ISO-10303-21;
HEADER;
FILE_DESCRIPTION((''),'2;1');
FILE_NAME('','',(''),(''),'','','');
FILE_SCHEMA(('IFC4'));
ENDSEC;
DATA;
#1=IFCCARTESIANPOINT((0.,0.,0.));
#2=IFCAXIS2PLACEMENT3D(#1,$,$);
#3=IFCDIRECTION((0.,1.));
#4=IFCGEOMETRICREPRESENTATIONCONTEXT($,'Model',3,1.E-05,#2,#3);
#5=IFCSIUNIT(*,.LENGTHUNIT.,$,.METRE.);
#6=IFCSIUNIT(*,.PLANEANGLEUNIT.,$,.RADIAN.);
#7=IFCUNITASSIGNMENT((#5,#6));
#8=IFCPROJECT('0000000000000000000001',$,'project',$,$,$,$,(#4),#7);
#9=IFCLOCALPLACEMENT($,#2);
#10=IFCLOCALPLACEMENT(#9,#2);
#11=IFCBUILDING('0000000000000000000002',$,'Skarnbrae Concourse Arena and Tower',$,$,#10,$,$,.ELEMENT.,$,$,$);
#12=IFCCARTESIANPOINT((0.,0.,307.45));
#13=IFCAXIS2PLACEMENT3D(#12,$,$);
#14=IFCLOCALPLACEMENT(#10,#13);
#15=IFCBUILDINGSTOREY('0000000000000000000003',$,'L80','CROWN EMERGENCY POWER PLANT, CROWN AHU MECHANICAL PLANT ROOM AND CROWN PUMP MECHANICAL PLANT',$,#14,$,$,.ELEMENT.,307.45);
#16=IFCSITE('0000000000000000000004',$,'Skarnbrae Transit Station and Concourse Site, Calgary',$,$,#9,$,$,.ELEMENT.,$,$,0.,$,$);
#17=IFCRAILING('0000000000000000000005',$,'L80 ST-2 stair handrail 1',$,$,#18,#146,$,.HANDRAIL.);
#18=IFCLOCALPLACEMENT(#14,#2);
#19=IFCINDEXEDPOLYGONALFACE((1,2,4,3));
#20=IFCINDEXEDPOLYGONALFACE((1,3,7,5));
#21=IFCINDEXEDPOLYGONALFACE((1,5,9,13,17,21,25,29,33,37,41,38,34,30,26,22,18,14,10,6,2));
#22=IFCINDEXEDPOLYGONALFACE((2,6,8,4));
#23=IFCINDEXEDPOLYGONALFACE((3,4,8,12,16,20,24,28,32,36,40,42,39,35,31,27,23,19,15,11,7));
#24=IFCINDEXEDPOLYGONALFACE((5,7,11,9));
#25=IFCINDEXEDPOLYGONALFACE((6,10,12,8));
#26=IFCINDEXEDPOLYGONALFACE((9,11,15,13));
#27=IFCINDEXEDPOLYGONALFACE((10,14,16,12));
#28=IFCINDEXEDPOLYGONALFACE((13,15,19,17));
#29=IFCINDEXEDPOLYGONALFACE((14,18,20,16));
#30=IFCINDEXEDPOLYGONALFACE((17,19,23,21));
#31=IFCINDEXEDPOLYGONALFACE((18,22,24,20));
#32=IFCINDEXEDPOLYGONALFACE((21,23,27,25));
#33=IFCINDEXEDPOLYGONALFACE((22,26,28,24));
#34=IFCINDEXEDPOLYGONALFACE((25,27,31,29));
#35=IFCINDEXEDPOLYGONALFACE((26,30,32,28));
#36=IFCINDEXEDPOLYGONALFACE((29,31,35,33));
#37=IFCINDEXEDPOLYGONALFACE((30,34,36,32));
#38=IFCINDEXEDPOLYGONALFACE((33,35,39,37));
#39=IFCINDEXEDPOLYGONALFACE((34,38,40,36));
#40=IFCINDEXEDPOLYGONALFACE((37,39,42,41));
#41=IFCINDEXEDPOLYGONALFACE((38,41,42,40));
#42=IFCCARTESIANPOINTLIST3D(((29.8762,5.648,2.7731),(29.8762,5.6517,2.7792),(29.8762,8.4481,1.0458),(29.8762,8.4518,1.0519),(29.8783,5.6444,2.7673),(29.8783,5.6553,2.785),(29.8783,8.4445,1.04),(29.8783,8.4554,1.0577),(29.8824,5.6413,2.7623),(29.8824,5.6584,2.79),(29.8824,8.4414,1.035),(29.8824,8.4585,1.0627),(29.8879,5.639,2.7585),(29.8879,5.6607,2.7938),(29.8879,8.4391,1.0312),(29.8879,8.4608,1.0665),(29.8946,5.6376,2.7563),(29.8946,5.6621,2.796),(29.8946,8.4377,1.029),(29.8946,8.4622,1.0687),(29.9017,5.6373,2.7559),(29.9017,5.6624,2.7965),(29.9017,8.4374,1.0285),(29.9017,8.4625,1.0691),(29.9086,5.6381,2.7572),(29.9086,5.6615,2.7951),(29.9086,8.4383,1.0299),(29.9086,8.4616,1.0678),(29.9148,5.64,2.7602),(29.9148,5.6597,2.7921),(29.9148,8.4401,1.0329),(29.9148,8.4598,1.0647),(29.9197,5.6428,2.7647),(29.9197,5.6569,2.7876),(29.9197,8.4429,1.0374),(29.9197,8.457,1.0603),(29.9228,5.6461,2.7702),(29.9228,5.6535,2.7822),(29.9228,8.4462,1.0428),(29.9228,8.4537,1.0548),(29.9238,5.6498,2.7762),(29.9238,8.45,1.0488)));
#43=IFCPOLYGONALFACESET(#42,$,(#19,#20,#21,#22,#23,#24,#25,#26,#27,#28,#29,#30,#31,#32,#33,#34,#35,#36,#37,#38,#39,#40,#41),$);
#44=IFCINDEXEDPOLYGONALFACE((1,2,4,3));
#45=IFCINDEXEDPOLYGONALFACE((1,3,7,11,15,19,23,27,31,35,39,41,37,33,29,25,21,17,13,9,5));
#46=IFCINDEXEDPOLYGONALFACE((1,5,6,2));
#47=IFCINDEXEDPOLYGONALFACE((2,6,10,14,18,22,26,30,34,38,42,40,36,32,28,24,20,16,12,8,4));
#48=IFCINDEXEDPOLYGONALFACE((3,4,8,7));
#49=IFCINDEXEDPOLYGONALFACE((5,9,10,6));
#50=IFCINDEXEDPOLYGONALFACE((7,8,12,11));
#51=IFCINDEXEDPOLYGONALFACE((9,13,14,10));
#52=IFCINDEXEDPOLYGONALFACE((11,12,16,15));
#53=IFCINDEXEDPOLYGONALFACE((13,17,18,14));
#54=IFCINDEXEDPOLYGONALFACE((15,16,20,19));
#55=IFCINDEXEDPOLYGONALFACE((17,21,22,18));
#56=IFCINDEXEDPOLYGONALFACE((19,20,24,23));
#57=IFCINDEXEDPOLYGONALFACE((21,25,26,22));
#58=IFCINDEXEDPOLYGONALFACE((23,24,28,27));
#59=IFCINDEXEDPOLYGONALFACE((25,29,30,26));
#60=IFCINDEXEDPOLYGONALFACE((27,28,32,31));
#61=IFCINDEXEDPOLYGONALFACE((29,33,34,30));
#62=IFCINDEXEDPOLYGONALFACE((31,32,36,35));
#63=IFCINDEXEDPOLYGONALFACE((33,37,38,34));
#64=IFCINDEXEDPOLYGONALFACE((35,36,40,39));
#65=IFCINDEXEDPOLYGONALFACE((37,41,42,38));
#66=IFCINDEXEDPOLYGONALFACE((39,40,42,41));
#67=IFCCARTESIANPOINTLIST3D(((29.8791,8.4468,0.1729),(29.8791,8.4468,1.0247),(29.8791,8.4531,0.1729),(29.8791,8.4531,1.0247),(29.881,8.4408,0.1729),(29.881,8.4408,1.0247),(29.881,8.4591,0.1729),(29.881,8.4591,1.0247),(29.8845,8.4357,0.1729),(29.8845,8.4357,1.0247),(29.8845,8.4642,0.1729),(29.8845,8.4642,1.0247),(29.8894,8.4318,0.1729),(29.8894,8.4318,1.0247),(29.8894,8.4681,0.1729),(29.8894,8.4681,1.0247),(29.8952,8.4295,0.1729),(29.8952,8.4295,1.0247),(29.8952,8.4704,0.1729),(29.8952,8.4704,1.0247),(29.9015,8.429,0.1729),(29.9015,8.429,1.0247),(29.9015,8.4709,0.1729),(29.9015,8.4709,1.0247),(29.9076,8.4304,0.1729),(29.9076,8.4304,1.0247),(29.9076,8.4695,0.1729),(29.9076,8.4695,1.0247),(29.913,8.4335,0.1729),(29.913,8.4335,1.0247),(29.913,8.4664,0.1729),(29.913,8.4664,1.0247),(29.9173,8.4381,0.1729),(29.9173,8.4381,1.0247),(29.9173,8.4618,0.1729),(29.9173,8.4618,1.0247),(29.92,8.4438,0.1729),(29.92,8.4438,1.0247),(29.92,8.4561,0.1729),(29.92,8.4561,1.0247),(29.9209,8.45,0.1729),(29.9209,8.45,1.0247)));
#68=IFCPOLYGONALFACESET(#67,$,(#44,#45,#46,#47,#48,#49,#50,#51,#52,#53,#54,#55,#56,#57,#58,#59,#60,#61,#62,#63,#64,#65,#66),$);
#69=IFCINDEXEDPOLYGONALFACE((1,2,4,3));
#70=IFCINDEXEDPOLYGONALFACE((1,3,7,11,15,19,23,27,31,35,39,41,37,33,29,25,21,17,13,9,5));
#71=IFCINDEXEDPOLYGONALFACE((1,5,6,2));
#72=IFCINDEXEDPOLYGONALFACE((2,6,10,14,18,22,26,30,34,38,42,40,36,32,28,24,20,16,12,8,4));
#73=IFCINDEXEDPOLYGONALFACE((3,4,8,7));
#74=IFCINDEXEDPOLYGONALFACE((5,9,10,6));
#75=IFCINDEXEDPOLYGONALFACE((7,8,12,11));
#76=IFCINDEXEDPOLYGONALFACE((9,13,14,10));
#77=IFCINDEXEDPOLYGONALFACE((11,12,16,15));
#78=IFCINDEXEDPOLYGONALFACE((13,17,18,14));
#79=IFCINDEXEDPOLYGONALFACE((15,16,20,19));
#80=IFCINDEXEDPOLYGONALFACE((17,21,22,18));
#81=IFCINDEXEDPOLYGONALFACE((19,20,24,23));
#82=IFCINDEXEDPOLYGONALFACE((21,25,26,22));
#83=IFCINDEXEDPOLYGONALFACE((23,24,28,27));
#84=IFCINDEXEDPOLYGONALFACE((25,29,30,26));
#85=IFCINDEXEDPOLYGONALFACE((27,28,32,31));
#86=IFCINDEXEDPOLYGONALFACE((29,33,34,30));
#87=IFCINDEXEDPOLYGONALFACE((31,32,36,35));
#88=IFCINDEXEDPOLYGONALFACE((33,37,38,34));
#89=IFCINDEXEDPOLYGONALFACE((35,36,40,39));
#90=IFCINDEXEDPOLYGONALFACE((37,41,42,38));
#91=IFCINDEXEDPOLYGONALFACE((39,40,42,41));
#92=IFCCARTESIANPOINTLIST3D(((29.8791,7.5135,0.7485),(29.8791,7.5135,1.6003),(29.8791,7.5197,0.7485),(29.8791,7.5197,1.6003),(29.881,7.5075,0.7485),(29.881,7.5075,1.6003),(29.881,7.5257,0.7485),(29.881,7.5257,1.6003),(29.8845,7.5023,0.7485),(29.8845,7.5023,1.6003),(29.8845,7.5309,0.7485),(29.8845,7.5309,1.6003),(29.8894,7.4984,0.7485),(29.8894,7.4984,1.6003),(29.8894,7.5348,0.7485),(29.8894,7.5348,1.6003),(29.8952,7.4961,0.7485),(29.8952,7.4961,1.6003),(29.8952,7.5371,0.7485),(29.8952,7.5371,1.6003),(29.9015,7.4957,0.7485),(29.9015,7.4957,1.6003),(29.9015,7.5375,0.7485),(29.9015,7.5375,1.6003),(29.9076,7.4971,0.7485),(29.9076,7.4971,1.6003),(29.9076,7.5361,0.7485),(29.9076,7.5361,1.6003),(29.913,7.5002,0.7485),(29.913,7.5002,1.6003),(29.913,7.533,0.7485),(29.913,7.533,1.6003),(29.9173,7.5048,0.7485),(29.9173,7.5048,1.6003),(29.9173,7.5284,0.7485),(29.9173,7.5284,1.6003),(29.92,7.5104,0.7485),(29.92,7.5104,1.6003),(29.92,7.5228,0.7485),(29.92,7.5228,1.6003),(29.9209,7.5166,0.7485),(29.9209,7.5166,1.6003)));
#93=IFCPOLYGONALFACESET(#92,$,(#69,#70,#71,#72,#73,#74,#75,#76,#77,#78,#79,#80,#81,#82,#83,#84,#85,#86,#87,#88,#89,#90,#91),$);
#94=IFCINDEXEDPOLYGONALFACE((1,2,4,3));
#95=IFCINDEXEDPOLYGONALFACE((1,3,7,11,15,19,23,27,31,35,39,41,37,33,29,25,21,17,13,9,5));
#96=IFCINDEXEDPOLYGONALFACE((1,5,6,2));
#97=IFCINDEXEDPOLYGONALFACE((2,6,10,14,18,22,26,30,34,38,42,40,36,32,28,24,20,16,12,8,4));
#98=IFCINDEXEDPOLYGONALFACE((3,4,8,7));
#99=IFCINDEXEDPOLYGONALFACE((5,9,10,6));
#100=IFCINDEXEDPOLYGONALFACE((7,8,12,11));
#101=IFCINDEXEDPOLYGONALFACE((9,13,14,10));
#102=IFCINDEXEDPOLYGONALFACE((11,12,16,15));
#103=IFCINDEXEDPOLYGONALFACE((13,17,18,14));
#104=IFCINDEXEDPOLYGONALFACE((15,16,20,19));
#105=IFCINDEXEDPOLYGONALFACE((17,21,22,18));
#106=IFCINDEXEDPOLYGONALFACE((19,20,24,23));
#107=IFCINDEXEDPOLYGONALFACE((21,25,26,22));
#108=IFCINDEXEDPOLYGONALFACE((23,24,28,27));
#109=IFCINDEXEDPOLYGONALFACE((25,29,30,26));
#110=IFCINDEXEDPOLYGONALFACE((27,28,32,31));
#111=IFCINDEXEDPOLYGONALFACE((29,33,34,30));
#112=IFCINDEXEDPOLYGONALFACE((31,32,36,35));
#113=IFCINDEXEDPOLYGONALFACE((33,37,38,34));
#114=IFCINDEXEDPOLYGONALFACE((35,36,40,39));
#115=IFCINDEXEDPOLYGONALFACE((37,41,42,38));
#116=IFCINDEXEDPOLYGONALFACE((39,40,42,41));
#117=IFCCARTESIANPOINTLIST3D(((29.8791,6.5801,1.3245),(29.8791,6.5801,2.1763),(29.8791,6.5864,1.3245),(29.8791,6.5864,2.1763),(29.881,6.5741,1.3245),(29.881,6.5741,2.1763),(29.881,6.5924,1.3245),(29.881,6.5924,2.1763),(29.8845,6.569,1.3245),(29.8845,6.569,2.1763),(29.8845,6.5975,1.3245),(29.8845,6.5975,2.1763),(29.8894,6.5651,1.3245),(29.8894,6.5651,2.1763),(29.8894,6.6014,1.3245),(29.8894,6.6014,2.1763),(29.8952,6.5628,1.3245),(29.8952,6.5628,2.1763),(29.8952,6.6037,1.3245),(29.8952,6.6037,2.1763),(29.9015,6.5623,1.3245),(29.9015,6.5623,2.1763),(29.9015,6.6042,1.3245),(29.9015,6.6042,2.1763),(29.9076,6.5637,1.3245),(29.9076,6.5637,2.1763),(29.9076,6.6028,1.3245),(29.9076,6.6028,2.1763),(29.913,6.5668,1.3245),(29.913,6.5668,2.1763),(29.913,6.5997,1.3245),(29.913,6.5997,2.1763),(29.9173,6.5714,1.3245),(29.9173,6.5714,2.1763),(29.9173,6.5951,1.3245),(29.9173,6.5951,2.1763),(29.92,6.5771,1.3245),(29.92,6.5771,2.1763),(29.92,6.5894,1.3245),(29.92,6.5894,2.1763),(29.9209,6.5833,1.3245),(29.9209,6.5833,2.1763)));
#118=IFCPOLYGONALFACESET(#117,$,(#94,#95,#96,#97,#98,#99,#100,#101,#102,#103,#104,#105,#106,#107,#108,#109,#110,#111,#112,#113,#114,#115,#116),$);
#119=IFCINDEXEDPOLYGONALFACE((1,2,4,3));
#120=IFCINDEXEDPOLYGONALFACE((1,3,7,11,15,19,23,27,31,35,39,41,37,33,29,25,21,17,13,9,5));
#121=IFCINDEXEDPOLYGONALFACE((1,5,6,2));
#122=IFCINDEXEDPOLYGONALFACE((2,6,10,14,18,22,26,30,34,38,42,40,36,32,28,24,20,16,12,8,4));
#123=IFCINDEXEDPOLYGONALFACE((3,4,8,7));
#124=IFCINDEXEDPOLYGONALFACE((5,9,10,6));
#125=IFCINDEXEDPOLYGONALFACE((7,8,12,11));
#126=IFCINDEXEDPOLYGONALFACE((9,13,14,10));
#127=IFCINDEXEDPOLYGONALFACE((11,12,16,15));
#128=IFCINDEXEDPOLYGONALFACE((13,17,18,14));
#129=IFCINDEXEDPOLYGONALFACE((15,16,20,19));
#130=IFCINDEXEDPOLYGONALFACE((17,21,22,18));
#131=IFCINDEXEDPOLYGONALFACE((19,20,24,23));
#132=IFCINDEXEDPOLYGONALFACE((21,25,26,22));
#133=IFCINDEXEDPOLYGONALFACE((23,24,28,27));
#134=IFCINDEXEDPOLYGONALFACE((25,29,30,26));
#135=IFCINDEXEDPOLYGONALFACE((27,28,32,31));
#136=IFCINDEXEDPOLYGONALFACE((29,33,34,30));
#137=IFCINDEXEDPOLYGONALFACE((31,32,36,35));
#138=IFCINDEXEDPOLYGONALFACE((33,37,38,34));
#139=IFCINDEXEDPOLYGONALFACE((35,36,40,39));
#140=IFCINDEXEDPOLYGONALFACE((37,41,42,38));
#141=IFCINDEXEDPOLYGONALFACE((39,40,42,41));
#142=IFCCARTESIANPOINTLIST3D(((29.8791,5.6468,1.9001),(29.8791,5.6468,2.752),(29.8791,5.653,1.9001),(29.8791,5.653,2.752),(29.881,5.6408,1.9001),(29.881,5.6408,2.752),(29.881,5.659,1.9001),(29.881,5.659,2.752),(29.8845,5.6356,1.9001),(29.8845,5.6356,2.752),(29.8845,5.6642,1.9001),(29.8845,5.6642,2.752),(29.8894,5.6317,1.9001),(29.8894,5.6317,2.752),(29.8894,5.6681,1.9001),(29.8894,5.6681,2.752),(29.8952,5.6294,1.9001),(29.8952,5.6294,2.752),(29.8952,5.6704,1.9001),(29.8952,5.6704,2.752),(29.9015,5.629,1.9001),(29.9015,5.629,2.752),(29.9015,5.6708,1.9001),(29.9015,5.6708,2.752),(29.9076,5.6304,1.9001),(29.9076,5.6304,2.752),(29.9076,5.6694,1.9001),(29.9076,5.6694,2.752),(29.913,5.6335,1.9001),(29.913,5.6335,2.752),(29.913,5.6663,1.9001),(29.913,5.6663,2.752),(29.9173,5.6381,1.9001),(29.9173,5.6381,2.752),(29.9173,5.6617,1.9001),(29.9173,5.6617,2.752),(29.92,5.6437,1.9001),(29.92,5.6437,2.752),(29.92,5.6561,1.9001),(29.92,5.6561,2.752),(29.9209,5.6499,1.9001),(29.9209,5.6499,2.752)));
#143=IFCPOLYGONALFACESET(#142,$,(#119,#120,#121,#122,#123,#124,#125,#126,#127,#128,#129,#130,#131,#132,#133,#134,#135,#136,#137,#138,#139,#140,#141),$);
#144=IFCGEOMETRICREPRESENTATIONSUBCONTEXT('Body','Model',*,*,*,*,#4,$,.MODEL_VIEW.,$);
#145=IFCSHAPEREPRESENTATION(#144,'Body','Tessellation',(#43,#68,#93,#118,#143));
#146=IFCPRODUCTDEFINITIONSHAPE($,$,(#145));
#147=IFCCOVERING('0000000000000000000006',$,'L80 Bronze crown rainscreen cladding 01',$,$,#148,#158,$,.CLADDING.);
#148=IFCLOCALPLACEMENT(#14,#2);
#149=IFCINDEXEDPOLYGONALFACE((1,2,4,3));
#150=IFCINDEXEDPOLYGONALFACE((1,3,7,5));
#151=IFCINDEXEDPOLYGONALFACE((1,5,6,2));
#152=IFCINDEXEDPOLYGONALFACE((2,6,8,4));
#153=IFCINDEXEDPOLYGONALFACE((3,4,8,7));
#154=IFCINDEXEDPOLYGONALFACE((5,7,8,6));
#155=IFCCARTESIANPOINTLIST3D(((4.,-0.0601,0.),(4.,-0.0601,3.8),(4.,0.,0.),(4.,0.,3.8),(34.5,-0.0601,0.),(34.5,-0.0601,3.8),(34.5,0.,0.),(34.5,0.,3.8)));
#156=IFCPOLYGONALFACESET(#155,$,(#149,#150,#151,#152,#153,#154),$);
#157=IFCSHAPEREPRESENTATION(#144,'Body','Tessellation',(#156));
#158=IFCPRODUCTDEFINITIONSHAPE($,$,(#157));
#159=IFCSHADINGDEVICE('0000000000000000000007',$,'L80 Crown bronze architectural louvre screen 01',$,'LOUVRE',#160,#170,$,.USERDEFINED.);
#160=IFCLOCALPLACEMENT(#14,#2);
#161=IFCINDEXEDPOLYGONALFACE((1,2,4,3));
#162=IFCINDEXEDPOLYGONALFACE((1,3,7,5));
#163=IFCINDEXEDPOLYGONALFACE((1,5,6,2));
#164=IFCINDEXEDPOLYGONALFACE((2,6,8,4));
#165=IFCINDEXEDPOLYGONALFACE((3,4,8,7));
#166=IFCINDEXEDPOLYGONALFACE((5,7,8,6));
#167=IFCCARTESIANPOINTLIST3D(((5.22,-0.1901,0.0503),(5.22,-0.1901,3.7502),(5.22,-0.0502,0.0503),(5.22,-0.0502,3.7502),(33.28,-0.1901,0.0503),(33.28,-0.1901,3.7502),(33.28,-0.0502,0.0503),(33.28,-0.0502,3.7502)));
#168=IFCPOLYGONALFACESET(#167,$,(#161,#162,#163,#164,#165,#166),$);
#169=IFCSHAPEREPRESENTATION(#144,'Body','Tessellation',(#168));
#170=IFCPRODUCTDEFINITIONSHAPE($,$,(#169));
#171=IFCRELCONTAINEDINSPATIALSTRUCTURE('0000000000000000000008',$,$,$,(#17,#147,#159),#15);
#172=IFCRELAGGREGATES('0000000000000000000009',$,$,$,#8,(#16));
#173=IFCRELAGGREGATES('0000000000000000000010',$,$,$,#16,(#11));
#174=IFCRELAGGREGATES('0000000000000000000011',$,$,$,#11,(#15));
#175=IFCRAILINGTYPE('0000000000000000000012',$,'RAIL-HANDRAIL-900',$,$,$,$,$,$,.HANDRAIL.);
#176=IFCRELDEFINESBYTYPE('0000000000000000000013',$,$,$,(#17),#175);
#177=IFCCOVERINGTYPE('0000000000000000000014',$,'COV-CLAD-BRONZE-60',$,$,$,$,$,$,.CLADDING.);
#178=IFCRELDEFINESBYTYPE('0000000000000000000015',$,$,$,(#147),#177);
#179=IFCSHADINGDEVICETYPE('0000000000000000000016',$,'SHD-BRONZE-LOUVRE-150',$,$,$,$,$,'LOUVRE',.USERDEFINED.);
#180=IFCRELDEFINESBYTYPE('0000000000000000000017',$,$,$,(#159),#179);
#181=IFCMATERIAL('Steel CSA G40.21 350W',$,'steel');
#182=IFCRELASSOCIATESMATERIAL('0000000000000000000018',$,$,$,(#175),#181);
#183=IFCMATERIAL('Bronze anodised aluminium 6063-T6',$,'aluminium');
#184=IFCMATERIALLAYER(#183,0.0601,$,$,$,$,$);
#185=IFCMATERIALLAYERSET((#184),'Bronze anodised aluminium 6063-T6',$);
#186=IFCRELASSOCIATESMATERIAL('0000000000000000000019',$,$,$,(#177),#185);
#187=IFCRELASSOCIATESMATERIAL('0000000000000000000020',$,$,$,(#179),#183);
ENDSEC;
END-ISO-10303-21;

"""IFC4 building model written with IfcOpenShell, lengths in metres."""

from ifc_helpers import new_model, si_unit, direction, frame, origin, origin_2d, place, context, subcontext, project, spatial, rectangle, circle, extrude, source, transform, mapped, material, layer, layer_set, type_object, element, save


model = new_model("IFC4")

# Units and contexts
model_context = context("Model", 3, precision=1e-05, world=origin(), true_north=direction((0.0, 1.0)))
body_context = subcontext(model_context, "Body", "Model", "MODEL_VIEW")
ifc_project = project(units=[si_unit("LENGTHUNIT", "METRE"), si_unit("PLANEANGLEUNIT", "RADIAN")], contexts=[model_context])

# Site, building, storey
site_placement = place(None, origin())
site = spatial("IfcSite", under=ifc_project, at=site_placement, Name="Skarnbrae Transit Station and Concourse Site, Calgary", CompositionType="ELEMENT", RefElevation=0.0)
building_placement = place(site_placement, origin())
building = spatial("IfcBuilding", under=site, at=building_placement, Name="Skarnbrae Concourse Arena and Tower", CompositionType="ELEMENT")
storey_placement = place(building_placement, frame((0.0, 0.0, 307.45)))
storey = spatial("IfcBuildingStorey", under=building, at=storey_placement, Name="L80", Description="CROWN EMERGENCY POWER PLANT, CROWN AHU MECHANICAL PLANT ROOM AND CROWN PUMP MECHANICAL PLANT", CompositionType="ELEMENT", Elevation=307.45)

# Shared definitions
ifc_material_1 = material(Name="Steel CSA G40.21 350W", Category="steel")

# Railing
railing_type = type_object("IfcRailingType", Name="RAIL-HANDRAIL-900", PredefinedType="HANDRAIL", material=ifc_material_1)
railing_placement = place(storey_placement, frame((29.8999, 8.45, 0.1729)))
element("IfcRailing", 1, at=railing_placement, inside=storey, type_object=railing_type, Name="L80 ST-2 stair handrail 1", PredefinedType="HANDRAIL", context=body_context, shape_type="SweptSolid", body=[
    extrude(circle(Radius=0.0239, at=origin_2d()), frame((0.0, 0.0, 0.876), z_axis=(0.0, -0.85109, 0.52502), x_axis=(1.0, 0.0, 0.0)), (0.0, 0.0, 1.0), 3.29),
    extrude(circle(Radius=0.021, at=origin_2d()), origin(), (0.0, 0.0, 1.0), 0.8518),
    extrude(circle(Radius=0.021, at=origin_2d()), frame((0.0, -0.9333, 0.5757)), (0.0, 0.0, 1.0), 0.8518),
    extrude(circle(Radius=0.021, at=origin_2d()), frame((0.0, -1.8667, 1.1516)), (0.0, 0.0, 1.0), 0.8518),
    extrude(circle(Radius=0.021, at=origin_2d()), frame((0.0, -2.8, 1.7273)), (0.0, 0.0, 1.0), 0.8518),
])

# Covering
ifc_material_2 = material(Name="Bronze anodised aluminium 6063-T6", Category="aluminium")
ifc_layer_1 = layer(ifc_material_2, 0.0601)
ifc_layer_set_1 = layer_set([ifc_layer_1], Name="Bronze anodised aluminium 6063-T6")
covering_type = type_object("IfcCoveringType", Name="COV-CLAD-BRONZE-60", PredefinedType="CLADDING", material=ifc_layer_set_1)
shared_shape_1 = source(origin(), body_context, "Body", "SweptSolid", [
    extrude(rectangle(XDim=30.5, YDim=0.0601, at=origin_2d()), origin(), (0.0, 0.0, 1.0), 3.8),
])
covering_placement = place(storey_placement, frame((19.25, -0.03, 0.0), z_axis=(0.0, 0.0, 1.0), x_axis=(1.0, 0.0, 0.0)))
element("IfcCovering", 2, at=covering_placement, inside=storey, type_object=covering_type, Name="L80 Bronze crown rainscreen cladding 01", PredefinedType="CLADDING", context=body_context, shape_type="MappedRepresentation", body=[
    mapped(shared_shape_1, transform((0.0, 0.0, 0.0))),
])

# Shading device
shading_device_type = type_object("IfcShadingDeviceType", Name="SHD-BRONZE-LOUVRE-150", ElementType="LOUVRE", PredefinedType="USERDEFINED", material=ifc_material_2)
shared_shape_2 = source(origin(), body_context, "Body", "SweptSolid", [
    extrude(rectangle(XDim=28.0601, YDim=0.1399, at=origin_2d()), origin(), (0.0, 0.0, 1.0), 3.7),
])
shading_device_placement = place(storey_placement, frame((19.25, -0.1201, 0.0503), z_axis=(0.0, 0.0, 1.0), x_axis=(1.0, 0.0, 0.0)))
element("IfcShadingDevice", 3, at=shading_device_placement, inside=storey, type_object=shading_device_type, Name="L80 Crown bronze architectural louvre screen 01", ObjectType="LOUVRE", PredefinedType="USERDEFINED", context=body_context, shape_type="MappedRepresentation", body=[
    mapped(shared_shape_2, transform((0.0, 0.0, 0.0))),
])

save(model, "model.ifc")
